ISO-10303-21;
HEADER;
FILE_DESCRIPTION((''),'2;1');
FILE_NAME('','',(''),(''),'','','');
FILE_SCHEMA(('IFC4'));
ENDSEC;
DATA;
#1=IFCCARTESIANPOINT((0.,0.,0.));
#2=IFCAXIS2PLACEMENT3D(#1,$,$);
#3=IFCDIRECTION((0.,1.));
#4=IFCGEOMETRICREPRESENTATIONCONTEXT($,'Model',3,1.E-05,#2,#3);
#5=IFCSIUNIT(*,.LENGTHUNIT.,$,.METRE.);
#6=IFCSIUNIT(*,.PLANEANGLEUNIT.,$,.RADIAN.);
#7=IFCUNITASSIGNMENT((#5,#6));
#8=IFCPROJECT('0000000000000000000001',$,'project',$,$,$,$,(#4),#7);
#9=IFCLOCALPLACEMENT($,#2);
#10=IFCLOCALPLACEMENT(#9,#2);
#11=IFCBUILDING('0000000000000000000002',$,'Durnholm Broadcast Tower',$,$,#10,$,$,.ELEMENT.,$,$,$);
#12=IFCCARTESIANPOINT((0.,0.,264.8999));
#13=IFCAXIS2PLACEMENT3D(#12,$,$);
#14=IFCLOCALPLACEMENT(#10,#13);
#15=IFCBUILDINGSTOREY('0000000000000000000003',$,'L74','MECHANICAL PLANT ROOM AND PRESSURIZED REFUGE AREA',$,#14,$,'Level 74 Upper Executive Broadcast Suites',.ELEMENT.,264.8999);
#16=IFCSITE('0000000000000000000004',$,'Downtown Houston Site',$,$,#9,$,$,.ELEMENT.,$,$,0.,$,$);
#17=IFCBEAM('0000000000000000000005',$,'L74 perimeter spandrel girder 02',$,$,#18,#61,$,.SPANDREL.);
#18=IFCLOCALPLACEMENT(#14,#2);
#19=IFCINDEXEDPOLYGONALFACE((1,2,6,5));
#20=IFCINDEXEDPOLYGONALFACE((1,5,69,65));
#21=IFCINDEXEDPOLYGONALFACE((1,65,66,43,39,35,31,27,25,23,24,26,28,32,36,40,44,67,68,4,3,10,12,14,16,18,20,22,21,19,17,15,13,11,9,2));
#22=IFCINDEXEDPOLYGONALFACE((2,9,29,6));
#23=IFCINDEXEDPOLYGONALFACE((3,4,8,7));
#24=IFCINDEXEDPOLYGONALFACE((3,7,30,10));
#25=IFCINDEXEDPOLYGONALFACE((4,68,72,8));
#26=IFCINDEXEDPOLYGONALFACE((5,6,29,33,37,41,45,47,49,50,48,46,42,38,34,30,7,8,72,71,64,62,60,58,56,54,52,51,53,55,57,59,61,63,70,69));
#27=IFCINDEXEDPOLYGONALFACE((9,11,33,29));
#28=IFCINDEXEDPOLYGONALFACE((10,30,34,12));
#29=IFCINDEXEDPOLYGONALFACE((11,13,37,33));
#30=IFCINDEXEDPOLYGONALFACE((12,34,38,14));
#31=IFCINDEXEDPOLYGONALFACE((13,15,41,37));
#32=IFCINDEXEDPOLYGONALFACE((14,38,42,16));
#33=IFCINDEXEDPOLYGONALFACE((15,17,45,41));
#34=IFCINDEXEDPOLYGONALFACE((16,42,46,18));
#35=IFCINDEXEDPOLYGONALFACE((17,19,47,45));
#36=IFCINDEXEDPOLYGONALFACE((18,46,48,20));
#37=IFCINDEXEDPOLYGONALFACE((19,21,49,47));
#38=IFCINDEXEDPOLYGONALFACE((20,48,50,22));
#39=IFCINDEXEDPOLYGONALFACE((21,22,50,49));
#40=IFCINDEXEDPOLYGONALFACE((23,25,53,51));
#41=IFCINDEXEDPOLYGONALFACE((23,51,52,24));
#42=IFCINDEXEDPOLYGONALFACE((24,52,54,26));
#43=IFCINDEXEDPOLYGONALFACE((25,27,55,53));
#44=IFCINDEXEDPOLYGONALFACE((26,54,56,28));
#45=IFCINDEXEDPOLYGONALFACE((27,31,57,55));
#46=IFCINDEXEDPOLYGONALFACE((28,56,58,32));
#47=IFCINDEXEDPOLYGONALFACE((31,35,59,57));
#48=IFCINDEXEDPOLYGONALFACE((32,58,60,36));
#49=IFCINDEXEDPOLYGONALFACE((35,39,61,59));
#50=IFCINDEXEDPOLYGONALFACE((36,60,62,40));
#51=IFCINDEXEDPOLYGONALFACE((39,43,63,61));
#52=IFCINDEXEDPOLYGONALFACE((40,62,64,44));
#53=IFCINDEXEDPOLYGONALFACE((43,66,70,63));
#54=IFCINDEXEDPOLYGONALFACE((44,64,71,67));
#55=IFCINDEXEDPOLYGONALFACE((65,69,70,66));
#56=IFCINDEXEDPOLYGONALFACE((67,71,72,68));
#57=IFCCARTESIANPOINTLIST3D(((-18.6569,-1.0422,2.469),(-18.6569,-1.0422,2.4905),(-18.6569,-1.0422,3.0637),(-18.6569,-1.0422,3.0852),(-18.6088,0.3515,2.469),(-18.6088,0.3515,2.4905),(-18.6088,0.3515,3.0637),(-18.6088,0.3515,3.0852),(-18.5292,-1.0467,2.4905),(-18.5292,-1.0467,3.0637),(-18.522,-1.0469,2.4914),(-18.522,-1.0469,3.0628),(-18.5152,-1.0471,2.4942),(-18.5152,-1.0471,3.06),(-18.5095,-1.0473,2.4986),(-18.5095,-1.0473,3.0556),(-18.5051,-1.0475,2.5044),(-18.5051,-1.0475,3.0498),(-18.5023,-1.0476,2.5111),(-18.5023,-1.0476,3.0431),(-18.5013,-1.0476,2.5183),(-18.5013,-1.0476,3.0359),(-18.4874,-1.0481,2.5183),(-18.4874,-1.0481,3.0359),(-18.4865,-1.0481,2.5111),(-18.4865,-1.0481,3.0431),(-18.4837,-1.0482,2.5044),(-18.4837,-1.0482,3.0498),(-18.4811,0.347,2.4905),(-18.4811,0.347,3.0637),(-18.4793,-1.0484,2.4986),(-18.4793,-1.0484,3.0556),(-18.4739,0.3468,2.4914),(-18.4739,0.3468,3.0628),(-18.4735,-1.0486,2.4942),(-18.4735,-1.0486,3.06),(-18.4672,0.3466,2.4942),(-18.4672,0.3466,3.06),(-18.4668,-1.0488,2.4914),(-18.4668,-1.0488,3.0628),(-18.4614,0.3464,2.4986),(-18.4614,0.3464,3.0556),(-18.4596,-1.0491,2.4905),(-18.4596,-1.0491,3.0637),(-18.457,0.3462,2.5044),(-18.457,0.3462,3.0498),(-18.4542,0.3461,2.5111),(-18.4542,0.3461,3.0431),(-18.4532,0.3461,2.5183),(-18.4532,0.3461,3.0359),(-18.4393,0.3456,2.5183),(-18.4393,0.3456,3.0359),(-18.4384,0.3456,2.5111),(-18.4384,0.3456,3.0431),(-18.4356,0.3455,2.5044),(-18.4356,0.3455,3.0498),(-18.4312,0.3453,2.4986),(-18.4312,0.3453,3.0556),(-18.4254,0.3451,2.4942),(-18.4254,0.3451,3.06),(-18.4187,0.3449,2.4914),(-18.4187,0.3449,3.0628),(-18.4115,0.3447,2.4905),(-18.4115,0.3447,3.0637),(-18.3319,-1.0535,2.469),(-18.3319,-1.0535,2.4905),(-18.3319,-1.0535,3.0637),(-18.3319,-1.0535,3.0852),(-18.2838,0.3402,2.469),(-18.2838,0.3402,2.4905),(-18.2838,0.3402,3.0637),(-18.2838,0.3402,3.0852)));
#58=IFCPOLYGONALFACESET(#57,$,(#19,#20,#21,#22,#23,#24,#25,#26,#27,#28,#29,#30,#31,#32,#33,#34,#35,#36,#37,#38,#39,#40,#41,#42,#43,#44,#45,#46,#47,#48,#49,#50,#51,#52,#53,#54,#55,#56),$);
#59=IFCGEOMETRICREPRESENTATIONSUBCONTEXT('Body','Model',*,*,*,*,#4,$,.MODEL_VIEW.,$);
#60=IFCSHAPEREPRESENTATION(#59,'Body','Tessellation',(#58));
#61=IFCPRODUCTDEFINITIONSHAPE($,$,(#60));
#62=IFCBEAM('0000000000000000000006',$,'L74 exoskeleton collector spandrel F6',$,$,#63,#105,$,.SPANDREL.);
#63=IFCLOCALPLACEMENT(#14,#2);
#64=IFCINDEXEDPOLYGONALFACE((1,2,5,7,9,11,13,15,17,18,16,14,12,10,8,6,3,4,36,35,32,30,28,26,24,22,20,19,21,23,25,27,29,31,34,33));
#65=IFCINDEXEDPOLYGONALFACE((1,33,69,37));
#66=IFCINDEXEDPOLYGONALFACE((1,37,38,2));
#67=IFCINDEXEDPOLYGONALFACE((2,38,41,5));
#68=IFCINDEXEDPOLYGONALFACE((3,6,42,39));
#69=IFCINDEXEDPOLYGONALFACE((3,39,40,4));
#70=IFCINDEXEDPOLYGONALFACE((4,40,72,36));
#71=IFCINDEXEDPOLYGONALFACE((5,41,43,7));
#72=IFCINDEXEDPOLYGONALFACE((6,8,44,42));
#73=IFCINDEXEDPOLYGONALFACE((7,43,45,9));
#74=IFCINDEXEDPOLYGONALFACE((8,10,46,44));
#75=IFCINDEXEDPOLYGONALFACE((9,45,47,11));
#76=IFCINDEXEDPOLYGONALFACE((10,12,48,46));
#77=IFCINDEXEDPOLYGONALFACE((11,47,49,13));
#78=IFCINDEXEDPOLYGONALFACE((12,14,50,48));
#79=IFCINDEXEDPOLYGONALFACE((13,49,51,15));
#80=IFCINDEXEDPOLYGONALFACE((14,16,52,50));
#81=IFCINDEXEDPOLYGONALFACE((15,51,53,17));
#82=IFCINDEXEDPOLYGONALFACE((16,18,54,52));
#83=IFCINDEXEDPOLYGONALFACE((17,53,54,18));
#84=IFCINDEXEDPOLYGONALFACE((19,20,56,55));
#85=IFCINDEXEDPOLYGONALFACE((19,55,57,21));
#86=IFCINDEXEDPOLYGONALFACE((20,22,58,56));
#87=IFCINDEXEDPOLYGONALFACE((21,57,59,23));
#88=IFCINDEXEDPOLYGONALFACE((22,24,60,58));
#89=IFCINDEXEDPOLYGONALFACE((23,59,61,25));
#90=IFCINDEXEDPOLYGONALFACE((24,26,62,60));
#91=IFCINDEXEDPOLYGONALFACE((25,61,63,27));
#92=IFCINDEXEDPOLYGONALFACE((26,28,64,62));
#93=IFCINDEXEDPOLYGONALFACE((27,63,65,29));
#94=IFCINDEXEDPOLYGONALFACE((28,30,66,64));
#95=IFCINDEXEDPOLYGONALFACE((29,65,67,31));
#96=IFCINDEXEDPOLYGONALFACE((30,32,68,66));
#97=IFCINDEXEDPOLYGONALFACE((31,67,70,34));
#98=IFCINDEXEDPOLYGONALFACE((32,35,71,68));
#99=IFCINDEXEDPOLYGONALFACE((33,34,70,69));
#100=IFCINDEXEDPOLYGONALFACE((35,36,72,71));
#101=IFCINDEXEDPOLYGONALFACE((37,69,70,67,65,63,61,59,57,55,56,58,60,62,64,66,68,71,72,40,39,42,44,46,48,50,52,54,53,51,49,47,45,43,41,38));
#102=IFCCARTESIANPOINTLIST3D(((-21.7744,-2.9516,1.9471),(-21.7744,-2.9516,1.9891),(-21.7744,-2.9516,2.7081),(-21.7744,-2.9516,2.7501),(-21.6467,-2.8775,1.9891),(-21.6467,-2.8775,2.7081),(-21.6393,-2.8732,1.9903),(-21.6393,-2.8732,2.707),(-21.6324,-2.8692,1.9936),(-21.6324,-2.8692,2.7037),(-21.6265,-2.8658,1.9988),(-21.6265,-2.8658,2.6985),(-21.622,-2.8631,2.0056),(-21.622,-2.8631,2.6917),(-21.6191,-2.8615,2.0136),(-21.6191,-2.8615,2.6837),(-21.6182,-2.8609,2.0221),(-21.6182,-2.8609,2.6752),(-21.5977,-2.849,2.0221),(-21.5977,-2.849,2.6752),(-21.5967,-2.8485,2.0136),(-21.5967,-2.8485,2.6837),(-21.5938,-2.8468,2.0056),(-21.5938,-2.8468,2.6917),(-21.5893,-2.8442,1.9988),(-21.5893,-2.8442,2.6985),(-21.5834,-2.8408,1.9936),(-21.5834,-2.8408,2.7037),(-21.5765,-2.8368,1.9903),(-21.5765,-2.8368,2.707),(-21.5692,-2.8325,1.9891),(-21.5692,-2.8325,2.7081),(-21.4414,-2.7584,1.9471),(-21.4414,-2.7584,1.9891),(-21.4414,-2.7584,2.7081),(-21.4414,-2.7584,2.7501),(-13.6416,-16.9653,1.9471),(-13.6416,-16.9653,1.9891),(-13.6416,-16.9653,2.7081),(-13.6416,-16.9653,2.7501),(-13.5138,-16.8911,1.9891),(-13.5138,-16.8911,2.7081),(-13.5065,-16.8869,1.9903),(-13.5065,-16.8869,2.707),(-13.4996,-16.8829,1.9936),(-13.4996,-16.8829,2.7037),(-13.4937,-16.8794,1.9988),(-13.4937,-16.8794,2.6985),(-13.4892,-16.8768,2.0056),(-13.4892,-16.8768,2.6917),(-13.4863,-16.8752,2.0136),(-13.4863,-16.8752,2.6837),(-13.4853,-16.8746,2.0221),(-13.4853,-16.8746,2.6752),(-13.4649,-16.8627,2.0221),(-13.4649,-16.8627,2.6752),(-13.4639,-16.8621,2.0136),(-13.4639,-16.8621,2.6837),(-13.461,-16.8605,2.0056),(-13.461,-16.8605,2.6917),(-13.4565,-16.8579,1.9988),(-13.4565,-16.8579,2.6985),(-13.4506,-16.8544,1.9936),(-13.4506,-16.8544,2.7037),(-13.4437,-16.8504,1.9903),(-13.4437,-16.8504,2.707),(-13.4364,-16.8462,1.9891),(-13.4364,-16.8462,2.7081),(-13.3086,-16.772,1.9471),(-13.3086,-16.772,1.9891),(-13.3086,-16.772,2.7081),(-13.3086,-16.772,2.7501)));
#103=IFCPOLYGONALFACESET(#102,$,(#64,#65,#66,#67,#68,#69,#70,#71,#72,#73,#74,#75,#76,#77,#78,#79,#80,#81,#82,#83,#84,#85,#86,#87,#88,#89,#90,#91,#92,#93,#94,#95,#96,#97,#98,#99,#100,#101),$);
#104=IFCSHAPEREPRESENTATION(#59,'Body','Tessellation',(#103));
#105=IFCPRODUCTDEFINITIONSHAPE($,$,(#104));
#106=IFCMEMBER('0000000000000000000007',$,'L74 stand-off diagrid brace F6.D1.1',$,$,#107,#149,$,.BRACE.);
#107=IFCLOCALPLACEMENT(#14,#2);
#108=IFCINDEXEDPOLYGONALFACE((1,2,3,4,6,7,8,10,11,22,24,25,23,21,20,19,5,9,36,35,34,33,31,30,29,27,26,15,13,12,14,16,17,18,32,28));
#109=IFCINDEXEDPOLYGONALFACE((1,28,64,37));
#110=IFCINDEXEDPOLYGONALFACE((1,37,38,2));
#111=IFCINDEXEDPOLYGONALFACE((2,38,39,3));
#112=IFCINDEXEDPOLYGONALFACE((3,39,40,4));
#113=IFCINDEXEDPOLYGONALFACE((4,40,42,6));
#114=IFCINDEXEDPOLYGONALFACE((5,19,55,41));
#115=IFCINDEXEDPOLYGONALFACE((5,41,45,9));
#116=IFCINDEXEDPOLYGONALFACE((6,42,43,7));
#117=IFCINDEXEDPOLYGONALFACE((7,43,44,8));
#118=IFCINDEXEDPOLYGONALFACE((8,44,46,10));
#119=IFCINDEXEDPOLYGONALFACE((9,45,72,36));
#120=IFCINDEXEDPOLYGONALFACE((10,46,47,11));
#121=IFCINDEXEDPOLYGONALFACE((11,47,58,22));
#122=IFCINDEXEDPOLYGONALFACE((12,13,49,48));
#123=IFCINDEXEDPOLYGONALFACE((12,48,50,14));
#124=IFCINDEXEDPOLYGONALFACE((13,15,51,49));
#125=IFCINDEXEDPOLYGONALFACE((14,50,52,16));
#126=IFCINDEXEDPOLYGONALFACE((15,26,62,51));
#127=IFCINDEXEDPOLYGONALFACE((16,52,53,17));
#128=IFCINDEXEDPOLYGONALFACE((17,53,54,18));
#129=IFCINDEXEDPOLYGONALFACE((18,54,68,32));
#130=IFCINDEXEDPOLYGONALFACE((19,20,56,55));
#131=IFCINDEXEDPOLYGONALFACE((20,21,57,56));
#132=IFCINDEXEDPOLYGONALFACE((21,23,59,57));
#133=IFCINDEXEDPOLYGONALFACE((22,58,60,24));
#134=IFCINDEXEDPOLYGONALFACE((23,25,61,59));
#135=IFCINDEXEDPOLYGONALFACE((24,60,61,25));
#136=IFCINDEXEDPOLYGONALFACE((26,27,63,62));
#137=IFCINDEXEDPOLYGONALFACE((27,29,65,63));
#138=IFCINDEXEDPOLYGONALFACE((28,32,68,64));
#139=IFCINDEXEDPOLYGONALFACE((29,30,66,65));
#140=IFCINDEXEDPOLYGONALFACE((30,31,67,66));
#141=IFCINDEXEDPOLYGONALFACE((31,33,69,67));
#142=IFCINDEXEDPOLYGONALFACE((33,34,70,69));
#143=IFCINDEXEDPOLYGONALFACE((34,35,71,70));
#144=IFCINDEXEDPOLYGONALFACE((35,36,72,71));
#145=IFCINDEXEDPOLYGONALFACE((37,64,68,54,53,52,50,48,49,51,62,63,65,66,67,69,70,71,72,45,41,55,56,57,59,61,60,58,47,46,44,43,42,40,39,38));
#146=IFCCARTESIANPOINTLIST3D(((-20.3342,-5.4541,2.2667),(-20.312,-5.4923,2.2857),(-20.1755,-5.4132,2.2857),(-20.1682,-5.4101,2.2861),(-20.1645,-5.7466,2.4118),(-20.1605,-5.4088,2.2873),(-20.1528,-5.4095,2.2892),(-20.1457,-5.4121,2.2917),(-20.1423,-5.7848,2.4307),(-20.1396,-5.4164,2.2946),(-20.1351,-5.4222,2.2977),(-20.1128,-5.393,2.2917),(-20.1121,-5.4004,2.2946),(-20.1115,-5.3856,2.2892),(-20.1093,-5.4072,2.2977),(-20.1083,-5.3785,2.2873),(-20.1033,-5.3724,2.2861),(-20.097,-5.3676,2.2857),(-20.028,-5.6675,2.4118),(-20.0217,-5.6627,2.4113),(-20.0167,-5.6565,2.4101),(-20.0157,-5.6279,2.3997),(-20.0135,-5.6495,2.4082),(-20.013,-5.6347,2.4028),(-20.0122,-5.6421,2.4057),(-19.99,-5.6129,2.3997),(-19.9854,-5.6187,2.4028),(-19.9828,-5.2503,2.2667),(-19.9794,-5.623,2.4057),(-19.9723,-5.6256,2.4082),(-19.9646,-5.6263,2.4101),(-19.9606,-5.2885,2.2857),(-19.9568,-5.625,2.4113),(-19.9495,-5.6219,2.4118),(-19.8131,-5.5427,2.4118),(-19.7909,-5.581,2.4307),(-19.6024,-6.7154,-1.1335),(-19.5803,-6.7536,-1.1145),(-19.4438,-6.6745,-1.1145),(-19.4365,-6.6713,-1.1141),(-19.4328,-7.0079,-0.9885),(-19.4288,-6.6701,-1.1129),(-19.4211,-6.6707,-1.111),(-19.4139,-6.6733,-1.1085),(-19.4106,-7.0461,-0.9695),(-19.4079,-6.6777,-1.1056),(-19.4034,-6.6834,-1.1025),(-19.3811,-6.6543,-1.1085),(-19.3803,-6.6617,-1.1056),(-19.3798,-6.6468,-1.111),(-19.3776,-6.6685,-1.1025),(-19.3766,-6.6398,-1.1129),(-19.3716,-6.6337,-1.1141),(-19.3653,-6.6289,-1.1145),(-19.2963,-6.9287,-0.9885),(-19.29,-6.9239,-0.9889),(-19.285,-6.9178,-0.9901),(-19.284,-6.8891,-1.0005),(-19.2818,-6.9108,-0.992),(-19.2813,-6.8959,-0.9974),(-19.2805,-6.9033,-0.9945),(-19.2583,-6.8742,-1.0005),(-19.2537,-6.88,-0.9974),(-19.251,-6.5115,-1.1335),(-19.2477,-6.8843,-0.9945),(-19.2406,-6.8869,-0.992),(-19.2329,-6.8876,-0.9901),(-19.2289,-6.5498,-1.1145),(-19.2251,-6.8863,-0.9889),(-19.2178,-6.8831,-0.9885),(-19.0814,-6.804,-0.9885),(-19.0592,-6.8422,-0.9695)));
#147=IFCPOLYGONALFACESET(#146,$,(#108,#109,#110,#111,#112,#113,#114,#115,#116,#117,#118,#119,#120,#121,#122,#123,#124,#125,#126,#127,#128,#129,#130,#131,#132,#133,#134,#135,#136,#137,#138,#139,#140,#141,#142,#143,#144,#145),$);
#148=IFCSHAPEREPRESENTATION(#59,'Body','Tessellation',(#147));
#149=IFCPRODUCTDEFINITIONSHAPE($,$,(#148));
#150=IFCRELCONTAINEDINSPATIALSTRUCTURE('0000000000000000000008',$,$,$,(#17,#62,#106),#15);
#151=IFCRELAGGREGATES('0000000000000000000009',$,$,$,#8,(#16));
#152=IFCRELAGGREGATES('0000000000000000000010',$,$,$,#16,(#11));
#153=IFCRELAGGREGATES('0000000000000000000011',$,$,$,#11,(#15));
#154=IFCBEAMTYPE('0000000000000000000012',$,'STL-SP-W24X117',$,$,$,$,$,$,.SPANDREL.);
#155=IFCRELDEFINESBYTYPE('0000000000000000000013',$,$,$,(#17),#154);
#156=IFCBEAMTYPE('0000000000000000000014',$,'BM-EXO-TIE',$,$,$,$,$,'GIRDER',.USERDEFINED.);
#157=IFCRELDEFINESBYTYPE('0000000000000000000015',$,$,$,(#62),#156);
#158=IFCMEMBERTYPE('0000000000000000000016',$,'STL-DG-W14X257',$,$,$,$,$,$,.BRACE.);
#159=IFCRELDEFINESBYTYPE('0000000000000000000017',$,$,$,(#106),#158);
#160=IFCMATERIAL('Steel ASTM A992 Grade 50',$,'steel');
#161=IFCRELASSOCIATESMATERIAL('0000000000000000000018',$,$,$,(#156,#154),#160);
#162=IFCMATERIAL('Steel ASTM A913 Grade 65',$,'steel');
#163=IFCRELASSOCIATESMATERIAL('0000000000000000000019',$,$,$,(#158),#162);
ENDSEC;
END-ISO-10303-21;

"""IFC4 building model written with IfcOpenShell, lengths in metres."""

from ifc_helpers import new_model, si_unit, direction, frame, origin, origin_2d, place, context, subcontext, project, spatial, i_section, extrude, source, transform, mapped, material, material_profile, profile_set, type_object, type_shapes, element, save


model = new_model("IFC4")

# Units and contexts
model_context = context("Model", 3, precision=1e-05, world=origin(), true_north=direction((0.0, 1.0)))
body_context = subcontext(model_context, "Body", "Model", "MODEL_VIEW")
ifc_project = project(units=[si_unit("LENGTHUNIT", "METRE"), si_unit("PLANEANGLEUNIT", "RADIAN")], contexts=[model_context])

# Site, building, storey
site_placement = place(None, origin())
site = spatial("IfcSite", under=ifc_project, at=site_placement, Name="Downtown Houston Site", CompositionType="ELEMENT", RefElevation=0.0)
building_placement = place(site_placement, origin())
building = spatial("IfcBuilding", under=site, at=building_placement, Name="Durnholm Broadcast Tower", CompositionType="ELEMENT")
storey_placement = place(building_placement, frame((0.0, 0.0, 264.8999)))
storey = spatial("IfcBuildingStorey", under=building, at=storey_placement, Name="L74", Description="MECHANICAL PLANT ROOM AND PRESSURIZED REFUGE AREA", LongName="Level 74 Upper Executive Broadcast Suites", CompositionType="ELEMENT", Elevation=264.8999)

# Beams
ifc_material_1 = material(Name="Steel ASTM A992 Grade 50", Category="steel")
ifc_material_profile_1 = material_profile(ifc_material_1, i_section(OverallWidth=0.385, OverallDepth=0.803, WebThickness=0.0237, FlangeThickness=0.042, FilletRadius=0.033, at=origin_2d()), Name="W30X261")
ifc_profile_set_1 = profile_set([ifc_material_profile_1], Name="Steel ASTM A992 Grade 50")
beam_type_1 = type_object("IfcBeamType", Name="BM-EXO-TIE", ElementType="GIRDER", PredefinedType="USERDEFINED", material=ifc_profile_set_1)
ifc_material_profile_2 = material_profile(ifc_material_1, i_section(OverallWidth=0.3252, OverallDepth=0.6162, WebThickness=0.0139, FlangeThickness=0.0215, FilletRadius=0.0278, at=origin_2d()), Name="W24X117")
ifc_profile_set_2 = profile_set([ifc_material_profile_2], Name="Steel ASTM A992 Grade 50")
beam_type_2 = type_object("IfcBeamType", Name="STL-SP-W24X117", PredefinedType="SPANDREL", material=ifc_profile_set_2)
shared_shape_1 = source(origin(), body_context, "Body", "SweptSolid", [
    extrude(i_section(OverallWidth=0.3252, OverallDepth=0.6162, WebThickness=0.0139, FlangeThickness=0.0215, FilletRadius=0.0278, at=origin_2d()), origin(), (0.0, 0.0, 1.0), 1.3945),
])
beam_1_placement = place(storey_placement, frame((-18.4944, -1.0479, 2.7771), z_axis=(0.034486, 0.999405, 0.0), x_axis=(-0.999405, 0.034486, 0.0)))
element("IfcBeam", 1, at=beam_1_placement, inside=storey, type_object=beam_type_2, Name="L74 perimeter spandrel girder 02", PredefinedType="SPANDREL", context=body_context, shape_type="MappedRepresentation", body=[
    mapped(shared_shape_1, transform((0.0, 0.0, 0.0), x_axis=(1.0, 0.0, 0.0), y_axis=(0.0, 1.0, 0.0), z_axis=(0.0, 0.0, 1.0), scale=1.0)),
])
shared_shape_2 = source(origin(), body_context, "Body", "SweptSolid", [
    extrude(i_section(OverallWidth=0.385, OverallDepth=0.803, WebThickness=0.0237, FlangeThickness=0.042, FilletRadius=0.033, at=origin_2d()), origin(), (0.0, 0.0, 1.0), 16.2026),
])
beam_2_placement = place(storey_placement, frame((-21.6079, -2.855, 2.3486), z_axis=(0.501944, -0.8649, 0.0), x_axis=(0.8649, 0.501944, 0.0)))
element("IfcBeam", 2, at=beam_2_placement, inside=storey, type_object=beam_type_1, Name="L74 exoskeleton collector spandrel F6", PredefinedType="SPANDREL", context=body_context, shape_type="MappedRepresentation", body=[
    mapped(shared_shape_2, transform((0.0, 0.0, 0.0), x_axis=(1.0, 0.0, 0.0), y_axis=(0.0, 1.0, 0.0), z_axis=(0.0, 0.0, 1.0), scale=1.0)),
])

# Member
ifc_material_2 = material(Name="Steel ASTM A913 Grade 65", Category="steel")
ifc_material_profile_3 = material_profile(ifc_material_2, i_section(OverallWidth=0.4062, OverallDepth=0.416, WebThickness=0.0298, FlangeThickness=0.0481, FilletRadius=0.0305, at=origin_2d()), Name="W14X257")
ifc_profile_set_3 = profile_set([ifc_material_profile_3], Name="Steel ASTM A913 Grade 65")
member_type_1 = type_object("IfcMemberType", Name="STL-DG-W14X257", PredefinedType="BRACE", material=ifc_profile_set_3)
shared_shape_3 = source(origin(), body_context, "Body", "SweptSolid", [
    extrude(i_section(OverallWidth=0.4062, OverallDepth=0.416, WebThickness=0.0298, FlangeThickness=0.0481, FilletRadius=0.0305, at=origin_2d()), origin(), (0.0, 0.0, 1.0), 3.6997),
])
type_shapes(member_type_1, [shared_shape_3])
for number, where, z_axis, x_axis, name in (
    (3, (-19.3308, -6.7788, -1.0515), (-0.197775, 0.34091, 0.919057), (-0.864979, -0.501808, 0.0), "L74 stand-off diagrid brace F6.D1.1"),
):
    element("IfcMember", number, at=place(storey_placement, frame(where, z_axis=z_axis, x_axis=x_axis)), inside=storey, type_object=member_type_1, Name=name, PredefinedType="BRACE", context=body_context, shape_type="MappedRepresentation", body=[
        mapped(shared_shape_3, transform((0.0, 0.0, 0.0), x_axis=(1.0, 0.0, 0.0), y_axis=(0.0, 1.0, 0.0), z_axis=(0.0, 0.0, 1.0), scale=1.0)),
    ])

save(model, "model.ifc")
